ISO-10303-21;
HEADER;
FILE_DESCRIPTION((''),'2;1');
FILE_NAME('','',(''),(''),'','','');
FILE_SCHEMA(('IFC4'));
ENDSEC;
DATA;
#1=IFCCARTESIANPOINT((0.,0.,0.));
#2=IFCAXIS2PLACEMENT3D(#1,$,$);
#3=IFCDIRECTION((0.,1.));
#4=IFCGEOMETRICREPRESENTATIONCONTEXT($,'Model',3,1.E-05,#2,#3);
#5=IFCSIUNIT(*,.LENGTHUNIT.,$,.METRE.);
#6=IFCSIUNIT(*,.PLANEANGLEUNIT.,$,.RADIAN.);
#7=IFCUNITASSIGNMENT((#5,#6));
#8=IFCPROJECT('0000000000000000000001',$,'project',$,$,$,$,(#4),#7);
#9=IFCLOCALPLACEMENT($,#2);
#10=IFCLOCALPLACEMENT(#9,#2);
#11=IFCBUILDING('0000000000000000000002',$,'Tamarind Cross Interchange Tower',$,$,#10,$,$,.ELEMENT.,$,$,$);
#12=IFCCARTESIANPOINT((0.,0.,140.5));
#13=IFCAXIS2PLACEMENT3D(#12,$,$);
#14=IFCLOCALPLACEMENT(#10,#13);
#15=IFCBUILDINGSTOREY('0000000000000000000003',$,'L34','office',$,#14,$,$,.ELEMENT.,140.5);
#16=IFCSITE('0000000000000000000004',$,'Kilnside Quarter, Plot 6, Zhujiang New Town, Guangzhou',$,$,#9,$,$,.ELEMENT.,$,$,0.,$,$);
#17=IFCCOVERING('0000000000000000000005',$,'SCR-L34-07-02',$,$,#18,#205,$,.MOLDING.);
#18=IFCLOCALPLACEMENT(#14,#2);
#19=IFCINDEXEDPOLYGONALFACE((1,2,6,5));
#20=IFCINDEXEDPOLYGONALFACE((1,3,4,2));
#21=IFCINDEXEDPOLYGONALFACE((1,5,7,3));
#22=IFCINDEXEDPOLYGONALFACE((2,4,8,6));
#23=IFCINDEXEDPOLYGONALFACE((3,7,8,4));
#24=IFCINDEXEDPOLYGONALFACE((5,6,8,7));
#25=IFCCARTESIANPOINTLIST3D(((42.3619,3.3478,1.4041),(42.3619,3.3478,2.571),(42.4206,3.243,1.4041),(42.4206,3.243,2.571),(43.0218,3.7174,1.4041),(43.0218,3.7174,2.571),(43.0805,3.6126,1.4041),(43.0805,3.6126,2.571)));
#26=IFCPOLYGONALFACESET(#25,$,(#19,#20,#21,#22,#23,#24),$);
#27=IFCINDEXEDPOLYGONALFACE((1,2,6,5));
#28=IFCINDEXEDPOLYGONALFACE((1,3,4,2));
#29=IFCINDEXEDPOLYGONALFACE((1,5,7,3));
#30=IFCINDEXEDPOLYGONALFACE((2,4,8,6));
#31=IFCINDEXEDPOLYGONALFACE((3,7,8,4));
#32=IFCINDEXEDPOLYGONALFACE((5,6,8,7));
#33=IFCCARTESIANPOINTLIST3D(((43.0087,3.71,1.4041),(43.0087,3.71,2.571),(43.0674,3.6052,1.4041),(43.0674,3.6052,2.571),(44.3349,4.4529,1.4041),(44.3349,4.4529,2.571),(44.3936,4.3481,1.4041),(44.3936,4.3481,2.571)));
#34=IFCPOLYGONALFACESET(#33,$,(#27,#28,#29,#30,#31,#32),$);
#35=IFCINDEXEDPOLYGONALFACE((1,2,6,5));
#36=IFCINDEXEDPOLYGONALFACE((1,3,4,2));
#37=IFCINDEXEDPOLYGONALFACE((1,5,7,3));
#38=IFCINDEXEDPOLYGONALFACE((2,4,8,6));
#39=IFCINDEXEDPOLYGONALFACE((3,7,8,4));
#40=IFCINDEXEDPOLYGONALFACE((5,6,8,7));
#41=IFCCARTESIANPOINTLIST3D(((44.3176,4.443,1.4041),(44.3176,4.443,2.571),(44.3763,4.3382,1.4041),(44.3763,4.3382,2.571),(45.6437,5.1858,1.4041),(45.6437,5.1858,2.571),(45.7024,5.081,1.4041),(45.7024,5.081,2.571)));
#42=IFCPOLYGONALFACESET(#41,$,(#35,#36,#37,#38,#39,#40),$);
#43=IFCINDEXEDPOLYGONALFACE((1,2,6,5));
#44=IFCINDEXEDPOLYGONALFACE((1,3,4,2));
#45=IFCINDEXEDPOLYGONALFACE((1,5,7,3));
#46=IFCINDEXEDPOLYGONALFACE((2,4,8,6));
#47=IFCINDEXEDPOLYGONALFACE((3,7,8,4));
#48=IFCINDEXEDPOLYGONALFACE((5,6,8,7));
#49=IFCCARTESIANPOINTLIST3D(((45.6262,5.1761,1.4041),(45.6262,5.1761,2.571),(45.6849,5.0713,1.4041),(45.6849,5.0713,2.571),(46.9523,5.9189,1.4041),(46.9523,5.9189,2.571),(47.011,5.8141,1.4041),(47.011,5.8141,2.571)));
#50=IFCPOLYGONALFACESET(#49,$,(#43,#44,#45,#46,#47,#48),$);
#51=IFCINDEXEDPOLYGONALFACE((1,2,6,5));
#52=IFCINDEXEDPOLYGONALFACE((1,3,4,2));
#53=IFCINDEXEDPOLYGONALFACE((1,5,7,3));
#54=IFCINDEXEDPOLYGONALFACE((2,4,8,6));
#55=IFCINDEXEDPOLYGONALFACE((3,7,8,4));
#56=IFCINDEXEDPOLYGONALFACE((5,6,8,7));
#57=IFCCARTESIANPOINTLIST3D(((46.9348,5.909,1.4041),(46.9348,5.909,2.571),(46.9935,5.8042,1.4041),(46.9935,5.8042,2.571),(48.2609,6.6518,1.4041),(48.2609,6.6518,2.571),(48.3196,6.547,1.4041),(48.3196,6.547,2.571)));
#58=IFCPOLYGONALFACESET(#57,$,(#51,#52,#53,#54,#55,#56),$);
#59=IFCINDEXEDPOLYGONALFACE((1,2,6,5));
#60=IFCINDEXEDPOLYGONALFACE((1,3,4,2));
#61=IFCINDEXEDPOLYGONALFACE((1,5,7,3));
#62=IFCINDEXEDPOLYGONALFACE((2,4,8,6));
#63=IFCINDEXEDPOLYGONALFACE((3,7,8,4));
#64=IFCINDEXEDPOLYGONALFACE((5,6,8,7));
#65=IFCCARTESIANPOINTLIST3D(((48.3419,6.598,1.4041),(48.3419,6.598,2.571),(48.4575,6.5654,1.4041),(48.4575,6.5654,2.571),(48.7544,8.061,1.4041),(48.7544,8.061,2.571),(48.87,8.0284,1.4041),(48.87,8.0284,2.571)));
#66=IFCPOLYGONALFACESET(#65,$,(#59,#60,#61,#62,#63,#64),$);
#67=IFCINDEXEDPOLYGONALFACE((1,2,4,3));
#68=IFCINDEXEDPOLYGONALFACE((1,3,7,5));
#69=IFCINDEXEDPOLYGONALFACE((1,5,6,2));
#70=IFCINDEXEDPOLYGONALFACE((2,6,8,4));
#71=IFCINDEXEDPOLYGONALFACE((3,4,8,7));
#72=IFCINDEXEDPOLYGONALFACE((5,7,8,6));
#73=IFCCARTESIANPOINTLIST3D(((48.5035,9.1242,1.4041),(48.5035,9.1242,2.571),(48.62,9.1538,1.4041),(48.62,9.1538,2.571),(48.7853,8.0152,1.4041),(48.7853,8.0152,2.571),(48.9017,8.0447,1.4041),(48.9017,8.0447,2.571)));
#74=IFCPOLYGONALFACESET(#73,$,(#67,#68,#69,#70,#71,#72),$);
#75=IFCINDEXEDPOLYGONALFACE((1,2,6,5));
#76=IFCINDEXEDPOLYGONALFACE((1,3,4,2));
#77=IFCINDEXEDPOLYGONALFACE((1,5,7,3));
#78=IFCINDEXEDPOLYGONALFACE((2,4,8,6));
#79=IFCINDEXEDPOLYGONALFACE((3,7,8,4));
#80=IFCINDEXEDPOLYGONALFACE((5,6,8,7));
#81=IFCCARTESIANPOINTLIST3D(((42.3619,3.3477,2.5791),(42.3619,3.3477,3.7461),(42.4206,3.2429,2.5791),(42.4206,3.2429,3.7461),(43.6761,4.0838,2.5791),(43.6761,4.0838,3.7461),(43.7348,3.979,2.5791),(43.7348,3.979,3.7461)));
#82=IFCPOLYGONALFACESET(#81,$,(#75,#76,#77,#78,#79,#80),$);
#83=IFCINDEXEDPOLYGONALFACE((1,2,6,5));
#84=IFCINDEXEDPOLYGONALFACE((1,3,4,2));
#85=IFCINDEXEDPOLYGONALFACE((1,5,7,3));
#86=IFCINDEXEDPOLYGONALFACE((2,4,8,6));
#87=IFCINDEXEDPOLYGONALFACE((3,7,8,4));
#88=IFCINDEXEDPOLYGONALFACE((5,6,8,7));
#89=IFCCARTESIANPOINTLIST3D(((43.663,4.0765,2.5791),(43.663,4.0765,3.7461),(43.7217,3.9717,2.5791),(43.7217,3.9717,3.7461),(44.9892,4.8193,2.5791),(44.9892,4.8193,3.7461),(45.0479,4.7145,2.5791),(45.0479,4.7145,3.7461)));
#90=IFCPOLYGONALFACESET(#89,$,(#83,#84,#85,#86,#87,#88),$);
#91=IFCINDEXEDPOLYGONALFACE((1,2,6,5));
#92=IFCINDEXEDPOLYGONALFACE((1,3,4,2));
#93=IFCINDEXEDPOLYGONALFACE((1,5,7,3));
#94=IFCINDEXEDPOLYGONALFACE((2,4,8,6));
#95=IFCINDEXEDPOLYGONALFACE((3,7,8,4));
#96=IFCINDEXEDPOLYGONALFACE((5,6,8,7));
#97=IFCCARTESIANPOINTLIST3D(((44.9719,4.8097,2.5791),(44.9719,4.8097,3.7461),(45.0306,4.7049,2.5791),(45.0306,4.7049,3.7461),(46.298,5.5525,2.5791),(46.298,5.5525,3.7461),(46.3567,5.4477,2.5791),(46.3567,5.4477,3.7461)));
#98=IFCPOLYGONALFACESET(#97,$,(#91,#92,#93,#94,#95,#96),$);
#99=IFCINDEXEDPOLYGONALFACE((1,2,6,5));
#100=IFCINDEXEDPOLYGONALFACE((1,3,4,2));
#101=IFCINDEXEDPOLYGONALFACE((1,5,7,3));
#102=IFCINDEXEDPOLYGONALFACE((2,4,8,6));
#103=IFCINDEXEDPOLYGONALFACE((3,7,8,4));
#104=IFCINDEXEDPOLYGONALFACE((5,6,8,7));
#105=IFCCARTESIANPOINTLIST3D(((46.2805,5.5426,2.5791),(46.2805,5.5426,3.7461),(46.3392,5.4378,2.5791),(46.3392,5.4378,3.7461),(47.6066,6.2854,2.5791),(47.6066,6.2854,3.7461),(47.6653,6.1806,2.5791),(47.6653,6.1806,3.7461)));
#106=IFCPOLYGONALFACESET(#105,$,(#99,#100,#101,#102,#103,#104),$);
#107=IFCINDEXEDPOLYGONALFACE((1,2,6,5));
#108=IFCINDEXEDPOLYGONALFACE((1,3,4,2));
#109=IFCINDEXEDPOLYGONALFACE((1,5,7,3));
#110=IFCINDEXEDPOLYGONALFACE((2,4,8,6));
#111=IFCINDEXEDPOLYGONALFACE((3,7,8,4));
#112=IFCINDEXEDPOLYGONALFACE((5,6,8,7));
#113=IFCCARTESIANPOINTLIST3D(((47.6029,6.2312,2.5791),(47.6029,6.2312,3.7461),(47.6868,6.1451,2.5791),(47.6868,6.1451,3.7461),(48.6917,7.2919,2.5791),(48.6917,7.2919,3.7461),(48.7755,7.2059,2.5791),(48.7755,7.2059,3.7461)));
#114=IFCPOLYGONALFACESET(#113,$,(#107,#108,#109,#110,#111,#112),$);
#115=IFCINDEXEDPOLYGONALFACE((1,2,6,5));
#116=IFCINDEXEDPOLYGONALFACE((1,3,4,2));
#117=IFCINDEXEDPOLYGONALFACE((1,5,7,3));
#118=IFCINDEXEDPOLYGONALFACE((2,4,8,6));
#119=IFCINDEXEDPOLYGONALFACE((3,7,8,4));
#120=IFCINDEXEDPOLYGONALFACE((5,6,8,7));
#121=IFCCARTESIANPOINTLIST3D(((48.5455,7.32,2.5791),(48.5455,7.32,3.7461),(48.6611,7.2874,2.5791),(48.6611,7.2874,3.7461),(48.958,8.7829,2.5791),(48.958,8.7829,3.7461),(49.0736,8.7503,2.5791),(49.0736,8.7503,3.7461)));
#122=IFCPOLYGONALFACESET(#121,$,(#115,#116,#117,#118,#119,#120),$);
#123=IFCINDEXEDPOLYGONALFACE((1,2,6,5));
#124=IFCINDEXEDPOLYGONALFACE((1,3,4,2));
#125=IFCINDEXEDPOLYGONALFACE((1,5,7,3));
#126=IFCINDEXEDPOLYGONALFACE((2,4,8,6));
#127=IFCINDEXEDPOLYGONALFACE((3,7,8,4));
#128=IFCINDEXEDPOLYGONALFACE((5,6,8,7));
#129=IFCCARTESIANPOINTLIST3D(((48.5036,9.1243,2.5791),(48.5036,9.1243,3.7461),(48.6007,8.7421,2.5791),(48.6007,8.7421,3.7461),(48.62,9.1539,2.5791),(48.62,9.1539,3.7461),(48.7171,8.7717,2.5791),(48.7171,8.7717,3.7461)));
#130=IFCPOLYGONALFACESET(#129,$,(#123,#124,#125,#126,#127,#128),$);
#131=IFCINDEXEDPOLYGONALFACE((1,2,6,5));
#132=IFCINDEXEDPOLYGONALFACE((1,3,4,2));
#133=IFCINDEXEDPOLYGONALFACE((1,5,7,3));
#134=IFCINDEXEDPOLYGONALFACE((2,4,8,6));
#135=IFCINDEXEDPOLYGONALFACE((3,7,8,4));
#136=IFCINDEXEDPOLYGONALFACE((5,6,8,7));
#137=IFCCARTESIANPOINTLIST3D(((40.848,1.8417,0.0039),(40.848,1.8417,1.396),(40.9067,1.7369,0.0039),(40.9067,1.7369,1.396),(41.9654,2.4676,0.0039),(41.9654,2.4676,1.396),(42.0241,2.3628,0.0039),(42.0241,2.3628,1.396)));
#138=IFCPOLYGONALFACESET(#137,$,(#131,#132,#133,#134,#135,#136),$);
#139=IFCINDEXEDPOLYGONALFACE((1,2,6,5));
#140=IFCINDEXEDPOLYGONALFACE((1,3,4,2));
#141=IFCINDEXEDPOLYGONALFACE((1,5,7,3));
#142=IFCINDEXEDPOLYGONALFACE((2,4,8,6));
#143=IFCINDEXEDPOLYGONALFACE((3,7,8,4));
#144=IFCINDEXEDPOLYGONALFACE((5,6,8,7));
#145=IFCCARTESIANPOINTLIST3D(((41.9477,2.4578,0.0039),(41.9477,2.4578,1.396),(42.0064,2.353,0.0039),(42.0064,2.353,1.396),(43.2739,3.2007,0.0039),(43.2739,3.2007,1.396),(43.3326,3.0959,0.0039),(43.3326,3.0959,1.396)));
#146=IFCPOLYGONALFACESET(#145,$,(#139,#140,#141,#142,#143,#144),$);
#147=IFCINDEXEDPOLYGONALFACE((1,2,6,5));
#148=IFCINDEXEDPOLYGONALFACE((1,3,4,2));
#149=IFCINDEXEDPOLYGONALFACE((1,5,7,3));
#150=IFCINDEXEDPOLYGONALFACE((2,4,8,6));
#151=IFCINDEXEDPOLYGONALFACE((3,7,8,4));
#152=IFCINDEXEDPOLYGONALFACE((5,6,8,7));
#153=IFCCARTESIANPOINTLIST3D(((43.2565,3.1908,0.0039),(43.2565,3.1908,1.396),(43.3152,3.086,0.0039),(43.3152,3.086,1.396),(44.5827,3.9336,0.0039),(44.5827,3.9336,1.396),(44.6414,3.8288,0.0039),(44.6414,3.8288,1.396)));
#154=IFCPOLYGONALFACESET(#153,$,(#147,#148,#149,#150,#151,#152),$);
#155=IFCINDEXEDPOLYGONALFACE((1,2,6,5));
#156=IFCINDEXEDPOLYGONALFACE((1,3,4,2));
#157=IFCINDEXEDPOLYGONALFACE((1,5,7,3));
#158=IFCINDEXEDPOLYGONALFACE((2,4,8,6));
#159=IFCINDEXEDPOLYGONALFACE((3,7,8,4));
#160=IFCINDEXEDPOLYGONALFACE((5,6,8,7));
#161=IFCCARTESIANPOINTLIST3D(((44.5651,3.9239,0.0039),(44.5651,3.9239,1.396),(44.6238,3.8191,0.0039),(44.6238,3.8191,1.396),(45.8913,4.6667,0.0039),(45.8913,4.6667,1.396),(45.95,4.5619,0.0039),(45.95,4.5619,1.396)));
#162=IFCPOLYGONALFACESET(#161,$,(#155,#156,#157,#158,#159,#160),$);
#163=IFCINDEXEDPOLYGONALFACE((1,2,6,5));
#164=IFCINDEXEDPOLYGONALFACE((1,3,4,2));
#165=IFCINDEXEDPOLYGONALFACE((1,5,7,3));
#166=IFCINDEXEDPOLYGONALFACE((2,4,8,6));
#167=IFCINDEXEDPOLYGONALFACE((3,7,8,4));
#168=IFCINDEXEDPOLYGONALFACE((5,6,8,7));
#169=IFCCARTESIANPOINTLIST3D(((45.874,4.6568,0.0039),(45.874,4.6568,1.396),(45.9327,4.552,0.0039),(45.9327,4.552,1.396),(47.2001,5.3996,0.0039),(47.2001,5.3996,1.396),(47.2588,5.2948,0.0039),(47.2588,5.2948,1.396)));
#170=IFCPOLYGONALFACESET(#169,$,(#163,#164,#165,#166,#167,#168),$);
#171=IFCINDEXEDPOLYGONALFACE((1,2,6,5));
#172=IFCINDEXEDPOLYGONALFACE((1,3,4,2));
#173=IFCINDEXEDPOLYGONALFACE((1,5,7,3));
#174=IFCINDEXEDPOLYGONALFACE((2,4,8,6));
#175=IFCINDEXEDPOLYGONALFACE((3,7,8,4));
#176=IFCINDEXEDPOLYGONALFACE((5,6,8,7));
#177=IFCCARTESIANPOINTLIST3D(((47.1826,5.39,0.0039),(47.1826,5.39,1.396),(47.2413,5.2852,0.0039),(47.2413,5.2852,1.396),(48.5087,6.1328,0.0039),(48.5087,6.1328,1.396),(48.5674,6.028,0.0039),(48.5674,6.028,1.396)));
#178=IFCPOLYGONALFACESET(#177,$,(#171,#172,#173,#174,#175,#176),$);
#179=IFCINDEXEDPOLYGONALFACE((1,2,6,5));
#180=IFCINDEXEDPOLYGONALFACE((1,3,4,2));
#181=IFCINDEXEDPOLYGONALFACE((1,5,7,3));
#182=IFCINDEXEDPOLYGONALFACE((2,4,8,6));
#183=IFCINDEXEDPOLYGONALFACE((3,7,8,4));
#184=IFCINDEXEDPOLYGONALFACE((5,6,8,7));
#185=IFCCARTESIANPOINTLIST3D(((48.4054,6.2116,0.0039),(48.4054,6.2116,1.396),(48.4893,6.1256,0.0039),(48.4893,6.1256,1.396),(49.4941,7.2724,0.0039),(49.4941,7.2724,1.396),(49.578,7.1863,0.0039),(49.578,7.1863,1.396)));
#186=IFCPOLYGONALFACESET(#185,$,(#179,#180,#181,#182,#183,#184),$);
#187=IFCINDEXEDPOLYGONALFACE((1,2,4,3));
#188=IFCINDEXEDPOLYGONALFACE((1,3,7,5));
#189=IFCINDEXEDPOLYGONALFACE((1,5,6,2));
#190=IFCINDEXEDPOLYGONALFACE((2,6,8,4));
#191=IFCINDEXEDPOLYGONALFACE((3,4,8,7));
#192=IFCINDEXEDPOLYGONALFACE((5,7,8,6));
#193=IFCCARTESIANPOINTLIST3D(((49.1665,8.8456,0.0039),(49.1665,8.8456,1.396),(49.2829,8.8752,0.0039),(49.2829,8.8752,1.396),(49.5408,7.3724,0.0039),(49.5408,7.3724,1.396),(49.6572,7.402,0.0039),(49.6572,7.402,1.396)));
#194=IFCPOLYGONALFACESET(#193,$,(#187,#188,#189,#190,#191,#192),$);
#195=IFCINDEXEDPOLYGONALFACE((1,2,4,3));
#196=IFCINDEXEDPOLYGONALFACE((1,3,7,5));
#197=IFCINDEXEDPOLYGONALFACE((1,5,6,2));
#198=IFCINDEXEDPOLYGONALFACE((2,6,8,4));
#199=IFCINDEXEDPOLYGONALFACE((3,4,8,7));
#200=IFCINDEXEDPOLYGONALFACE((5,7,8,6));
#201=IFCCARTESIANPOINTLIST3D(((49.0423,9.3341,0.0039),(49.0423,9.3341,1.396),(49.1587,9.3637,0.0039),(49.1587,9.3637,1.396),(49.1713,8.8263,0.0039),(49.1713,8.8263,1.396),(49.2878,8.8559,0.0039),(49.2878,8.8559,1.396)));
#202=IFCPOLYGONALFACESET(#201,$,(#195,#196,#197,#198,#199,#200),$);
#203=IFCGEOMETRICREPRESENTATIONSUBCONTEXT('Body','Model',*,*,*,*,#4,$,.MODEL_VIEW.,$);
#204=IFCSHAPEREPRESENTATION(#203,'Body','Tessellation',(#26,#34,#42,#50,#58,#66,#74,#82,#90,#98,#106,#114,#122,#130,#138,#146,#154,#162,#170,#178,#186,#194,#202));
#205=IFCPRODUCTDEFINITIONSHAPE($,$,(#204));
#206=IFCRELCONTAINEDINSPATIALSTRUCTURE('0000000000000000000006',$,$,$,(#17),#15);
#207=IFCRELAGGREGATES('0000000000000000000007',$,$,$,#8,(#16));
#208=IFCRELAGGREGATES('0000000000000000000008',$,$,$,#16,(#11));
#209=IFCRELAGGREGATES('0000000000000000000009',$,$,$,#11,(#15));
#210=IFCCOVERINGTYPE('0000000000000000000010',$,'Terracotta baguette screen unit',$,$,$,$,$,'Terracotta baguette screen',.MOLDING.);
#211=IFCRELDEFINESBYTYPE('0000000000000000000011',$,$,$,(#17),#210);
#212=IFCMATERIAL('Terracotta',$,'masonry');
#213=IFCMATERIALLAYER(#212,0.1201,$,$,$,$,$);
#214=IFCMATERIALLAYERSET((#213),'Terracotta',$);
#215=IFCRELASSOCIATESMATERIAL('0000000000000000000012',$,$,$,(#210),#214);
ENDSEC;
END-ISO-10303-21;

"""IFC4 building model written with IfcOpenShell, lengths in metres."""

from ifc_helpers import new_model, si_unit, direction, frame, origin, origin_2d, place, context, subcontext, project, spatial, rectangle, extrude, material, layer, layer_set, type_object, element, save


model = new_model("IFC4")

# Units and contexts
model_context = context("Model", 3, precision=1e-05, world=origin(), true_north=direction((0.0, 1.0)))
body_context = subcontext(model_context, "Body", "Model", "MODEL_VIEW")
ifc_project = project(units=[si_unit("LENGTHUNIT", "METRE"), si_unit("PLANEANGLEUNIT", "RADIAN")], contexts=[model_context])

# Site, building, storey
site_placement = place(None, origin())
site = spatial("IfcSite", under=ifc_project, at=site_placement, Name="Kilnside Quarter, Plot 6, Zhujiang New Town, Guangzhou", CompositionType="ELEMENT", RefElevation=0.0)
building_placement = place(site_placement, origin())
building = spatial("IfcBuilding", under=site, at=building_placement, Name="Tamarind Cross Interchange Tower", CompositionType="ELEMENT")
storey_placement = place(building_placement, frame((0.0, 0.0, 140.5)))
storey = spatial("IfcBuildingStorey", under=building, at=storey_placement, Name="L34", Description="office", CompositionType="ELEMENT", Elevation=140.5)

# Covering
ifc_material_1 = material(Name="Terracotta", Category="masonry")
ifc_layer_1 = layer(ifc_material_1, 0.1201)
ifc_layer_set_1 = layer_set([ifc_layer_1], Name="Terracotta")
covering_type = type_object("IfcCoveringType", Name="Terracotta baguette screen unit", ElementType="Terracotta baguette screen", PredefinedType="MOLDING", material=ifc_layer_set_1)
covering_1_placement = place(storey_placement, origin())
element("IfcCovering", 1, at=covering_1_placement, inside=storey, type_object=covering_type, Name="SCR-L34-07-02", PredefinedType="MOLDING", context=body_context, shape_type="SweptSolid", body=[
    extrude(rectangle(XDim=0.7563, YDim=0.1201, at=origin_2d()), frame((42.7212, 3.4802, 1.4041), z_axis=(0.0, 0.0, 1.0), x_axis=(0.872458, 0.488688, 0.0)), (0.0, 0.0, 1.0), 1.167),
    extrude(rectangle(XDim=1.52, YDim=0.1201, at=origin_2d()), frame((43.7012, 4.0291, 1.4041), z_axis=(0.0, 0.0, 1.0), x_axis=(0.872458, 0.488688, 0.0)), (0.0, 0.0, 1.0), 1.167),
    extrude(rectangle(XDim=1.52, YDim=0.1201, at=origin_2d()), frame((45.01, 4.762, 1.4041), z_axis=(0.0, 0.0, 1.0), x_axis=(0.872458, 0.488688, 0.0)), (0.0, 0.0, 1.0), 1.167),
    extrude(rectangle(XDim=1.52, YDim=0.1201, at=origin_2d()), frame((46.3186, 5.4951, 1.4041), z_axis=(0.0, 0.0, 1.0), x_axis=(0.872458, 0.488688, 0.0)), (0.0, 0.0, 1.0), 1.167),
    extrude(rectangle(XDim=1.52, YDim=0.1201, at=origin_2d()), frame((47.6272, 6.228, 1.4041), z_axis=(0.0, 0.0, 1.0), x_axis=(0.872458, 0.488688, 0.0)), (0.0, 0.0, 1.0), 1.167),
    extrude(rectangle(XDim=1.52, YDim=0.1201, at=origin_2d()), frame((48.606, 7.3132, 1.4041), z_axis=(0.0, 0.0, 1.0), x_axis=(0.271367, 0.962476, 0.0)), (0.0, 0.0, 1.0), 1.167),
    extrude(rectangle(XDim=1.1443, YDim=0.1201, at=origin_2d()), frame((48.7026, 8.5845, 1.4041), z_axis=(0.0, 0.0, 1.0), x_axis=(-0.246228, 0.969212, 0.0)), (0.0, 0.0, 1.0), 1.167),
    extrude(rectangle(XDim=1.5063, YDim=0.1201, at=origin_2d()), frame((43.0483, 3.6633, 2.5791), z_axis=(0.0, 0.0, 1.0), x_axis=(0.872458, 0.488688, 0.0)), (0.0, 0.0, 1.0), 1.167),
    extrude(rectangle(XDim=1.52, YDim=0.1201, at=origin_2d()), frame((44.3555, 4.3955, 2.5791), z_axis=(0.0, 0.0, 1.0), x_axis=(0.872458, 0.488688, 0.0)), (0.0, 0.0, 1.0), 1.167),
    extrude(rectangle(XDim=1.52, YDim=0.1201, at=origin_2d()), frame((45.6643, 5.1287, 2.5791), z_axis=(0.0, 0.0, 1.0), x_axis=(0.872458, 0.488688, 0.0)), (0.0, 0.0, 1.0), 1.167),
    extrude(rectangle(XDim=1.52, YDim=0.1201, at=origin_2d()), frame((46.9729, 5.8616, 2.5791), z_axis=(0.0, 0.0, 1.0), x_axis=(0.872458, 0.488688, 0.0)), (0.0, 0.0, 1.0), 1.167),
    extrude(rectangle(XDim=1.52, YDim=0.1201, at=origin_2d()), frame((48.1892, 6.7185, 2.5791), z_axis=(0.0, 0.0, 1.0), x_axis=(0.716248, 0.697845, 0.0)), (0.0, 0.0, 1.0), 1.167),
    extrude(rectangle(XDim=1.52, YDim=0.1201, at=origin_2d()), frame((48.8096, 8.0352, 2.5791), z_axis=(0.0, 0.0, 1.0), x_axis=(0.271367, 0.962476, 0.0)), (0.0, 0.0, 1.0), 1.167),
    extrude(rectangle(XDim=0.3943, YDim=0.1201, at=origin_2d()), frame((48.6104, 8.948, 2.5791), z_axis=(0.0, 0.0, 1.0), x_axis=(-0.246228, 0.969212, 0.0)), (0.0, 0.0, 1.0), 1.167),
    extrude(rectangle(XDim=1.2808, YDim=0.1201, at=origin_2d()), frame((41.436, 2.1023, 0.0039), z_axis=(0.0, 0.0, 1.0), x_axis=(0.872458, 0.488688, 0.0)), (0.0, 0.0, 1.0), 1.3921),
    extrude(rectangle(XDim=1.52, YDim=0.1201, at=origin_2d()), frame((42.6401, 2.7769, 0.0039), z_axis=(0.0, 0.0, 1.0), x_axis=(0.872458, 0.488688, 0.0)), (0.0, 0.0, 1.0), 1.3921),
    extrude(rectangle(XDim=1.52, YDim=0.1201, at=origin_2d()), frame((43.949, 3.5098, 0.0039), z_axis=(0.0, 0.0, 1.0), x_axis=(0.872458, 0.488688, 0.0)), (0.0, 0.0, 1.0), 1.3921),
    extrude(rectangle(XDim=1.52, YDim=0.1201, at=origin_2d()), frame((45.2576, 4.2429, 0.0039), z_axis=(0.0, 0.0, 1.0), x_axis=(0.872458, 0.488688, 0.0)), (0.0, 0.0, 1.0), 1.3921),
    extrude(rectangle(XDim=1.52, YDim=0.1201, at=origin_2d()), frame((46.5664, 4.9758, 0.0039), z_axis=(0.0, 0.0, 1.0), x_axis=(0.872458, 0.488688, 0.0)), (0.0, 0.0, 1.0), 1.3921),
    extrude(rectangle(XDim=1.52, YDim=0.1201, at=origin_2d()), frame((47.875, 5.709, 0.0039), z_axis=(0.0, 0.0, 1.0), x_axis=(0.872458, 0.488688, 0.0)), (0.0, 0.0, 1.0), 1.3921),
    extrude(rectangle(XDim=1.52, YDim=0.1201, at=origin_2d()), frame((48.9917, 6.699, 0.0039), z_axis=(0.0, 0.0, 1.0), x_axis=(0.716248, 0.697845, 0.0)), (0.0, 0.0, 1.0), 1.3921),
    extrude(rectangle(XDim=1.52, YDim=0.1201, at=origin_2d()), frame((49.4119, 8.1238, 0.0039), z_axis=(0.0, 0.0, 1.0), x_axis=(-0.246228, 0.969212, 0.0)), (0.0, 0.0, 1.0), 1.3921),
    extrude(rectangle(XDim=0.5239, YDim=0.1201, at=origin_2d()), frame((49.165, 9.095, 0.0039), z_axis=(0.0, 0.0, 1.0), x_axis=(-0.246228, 0.969212, 0.0)), (0.0, 0.0, 1.0), 1.3921),
])

save(model, "model.ifc")
